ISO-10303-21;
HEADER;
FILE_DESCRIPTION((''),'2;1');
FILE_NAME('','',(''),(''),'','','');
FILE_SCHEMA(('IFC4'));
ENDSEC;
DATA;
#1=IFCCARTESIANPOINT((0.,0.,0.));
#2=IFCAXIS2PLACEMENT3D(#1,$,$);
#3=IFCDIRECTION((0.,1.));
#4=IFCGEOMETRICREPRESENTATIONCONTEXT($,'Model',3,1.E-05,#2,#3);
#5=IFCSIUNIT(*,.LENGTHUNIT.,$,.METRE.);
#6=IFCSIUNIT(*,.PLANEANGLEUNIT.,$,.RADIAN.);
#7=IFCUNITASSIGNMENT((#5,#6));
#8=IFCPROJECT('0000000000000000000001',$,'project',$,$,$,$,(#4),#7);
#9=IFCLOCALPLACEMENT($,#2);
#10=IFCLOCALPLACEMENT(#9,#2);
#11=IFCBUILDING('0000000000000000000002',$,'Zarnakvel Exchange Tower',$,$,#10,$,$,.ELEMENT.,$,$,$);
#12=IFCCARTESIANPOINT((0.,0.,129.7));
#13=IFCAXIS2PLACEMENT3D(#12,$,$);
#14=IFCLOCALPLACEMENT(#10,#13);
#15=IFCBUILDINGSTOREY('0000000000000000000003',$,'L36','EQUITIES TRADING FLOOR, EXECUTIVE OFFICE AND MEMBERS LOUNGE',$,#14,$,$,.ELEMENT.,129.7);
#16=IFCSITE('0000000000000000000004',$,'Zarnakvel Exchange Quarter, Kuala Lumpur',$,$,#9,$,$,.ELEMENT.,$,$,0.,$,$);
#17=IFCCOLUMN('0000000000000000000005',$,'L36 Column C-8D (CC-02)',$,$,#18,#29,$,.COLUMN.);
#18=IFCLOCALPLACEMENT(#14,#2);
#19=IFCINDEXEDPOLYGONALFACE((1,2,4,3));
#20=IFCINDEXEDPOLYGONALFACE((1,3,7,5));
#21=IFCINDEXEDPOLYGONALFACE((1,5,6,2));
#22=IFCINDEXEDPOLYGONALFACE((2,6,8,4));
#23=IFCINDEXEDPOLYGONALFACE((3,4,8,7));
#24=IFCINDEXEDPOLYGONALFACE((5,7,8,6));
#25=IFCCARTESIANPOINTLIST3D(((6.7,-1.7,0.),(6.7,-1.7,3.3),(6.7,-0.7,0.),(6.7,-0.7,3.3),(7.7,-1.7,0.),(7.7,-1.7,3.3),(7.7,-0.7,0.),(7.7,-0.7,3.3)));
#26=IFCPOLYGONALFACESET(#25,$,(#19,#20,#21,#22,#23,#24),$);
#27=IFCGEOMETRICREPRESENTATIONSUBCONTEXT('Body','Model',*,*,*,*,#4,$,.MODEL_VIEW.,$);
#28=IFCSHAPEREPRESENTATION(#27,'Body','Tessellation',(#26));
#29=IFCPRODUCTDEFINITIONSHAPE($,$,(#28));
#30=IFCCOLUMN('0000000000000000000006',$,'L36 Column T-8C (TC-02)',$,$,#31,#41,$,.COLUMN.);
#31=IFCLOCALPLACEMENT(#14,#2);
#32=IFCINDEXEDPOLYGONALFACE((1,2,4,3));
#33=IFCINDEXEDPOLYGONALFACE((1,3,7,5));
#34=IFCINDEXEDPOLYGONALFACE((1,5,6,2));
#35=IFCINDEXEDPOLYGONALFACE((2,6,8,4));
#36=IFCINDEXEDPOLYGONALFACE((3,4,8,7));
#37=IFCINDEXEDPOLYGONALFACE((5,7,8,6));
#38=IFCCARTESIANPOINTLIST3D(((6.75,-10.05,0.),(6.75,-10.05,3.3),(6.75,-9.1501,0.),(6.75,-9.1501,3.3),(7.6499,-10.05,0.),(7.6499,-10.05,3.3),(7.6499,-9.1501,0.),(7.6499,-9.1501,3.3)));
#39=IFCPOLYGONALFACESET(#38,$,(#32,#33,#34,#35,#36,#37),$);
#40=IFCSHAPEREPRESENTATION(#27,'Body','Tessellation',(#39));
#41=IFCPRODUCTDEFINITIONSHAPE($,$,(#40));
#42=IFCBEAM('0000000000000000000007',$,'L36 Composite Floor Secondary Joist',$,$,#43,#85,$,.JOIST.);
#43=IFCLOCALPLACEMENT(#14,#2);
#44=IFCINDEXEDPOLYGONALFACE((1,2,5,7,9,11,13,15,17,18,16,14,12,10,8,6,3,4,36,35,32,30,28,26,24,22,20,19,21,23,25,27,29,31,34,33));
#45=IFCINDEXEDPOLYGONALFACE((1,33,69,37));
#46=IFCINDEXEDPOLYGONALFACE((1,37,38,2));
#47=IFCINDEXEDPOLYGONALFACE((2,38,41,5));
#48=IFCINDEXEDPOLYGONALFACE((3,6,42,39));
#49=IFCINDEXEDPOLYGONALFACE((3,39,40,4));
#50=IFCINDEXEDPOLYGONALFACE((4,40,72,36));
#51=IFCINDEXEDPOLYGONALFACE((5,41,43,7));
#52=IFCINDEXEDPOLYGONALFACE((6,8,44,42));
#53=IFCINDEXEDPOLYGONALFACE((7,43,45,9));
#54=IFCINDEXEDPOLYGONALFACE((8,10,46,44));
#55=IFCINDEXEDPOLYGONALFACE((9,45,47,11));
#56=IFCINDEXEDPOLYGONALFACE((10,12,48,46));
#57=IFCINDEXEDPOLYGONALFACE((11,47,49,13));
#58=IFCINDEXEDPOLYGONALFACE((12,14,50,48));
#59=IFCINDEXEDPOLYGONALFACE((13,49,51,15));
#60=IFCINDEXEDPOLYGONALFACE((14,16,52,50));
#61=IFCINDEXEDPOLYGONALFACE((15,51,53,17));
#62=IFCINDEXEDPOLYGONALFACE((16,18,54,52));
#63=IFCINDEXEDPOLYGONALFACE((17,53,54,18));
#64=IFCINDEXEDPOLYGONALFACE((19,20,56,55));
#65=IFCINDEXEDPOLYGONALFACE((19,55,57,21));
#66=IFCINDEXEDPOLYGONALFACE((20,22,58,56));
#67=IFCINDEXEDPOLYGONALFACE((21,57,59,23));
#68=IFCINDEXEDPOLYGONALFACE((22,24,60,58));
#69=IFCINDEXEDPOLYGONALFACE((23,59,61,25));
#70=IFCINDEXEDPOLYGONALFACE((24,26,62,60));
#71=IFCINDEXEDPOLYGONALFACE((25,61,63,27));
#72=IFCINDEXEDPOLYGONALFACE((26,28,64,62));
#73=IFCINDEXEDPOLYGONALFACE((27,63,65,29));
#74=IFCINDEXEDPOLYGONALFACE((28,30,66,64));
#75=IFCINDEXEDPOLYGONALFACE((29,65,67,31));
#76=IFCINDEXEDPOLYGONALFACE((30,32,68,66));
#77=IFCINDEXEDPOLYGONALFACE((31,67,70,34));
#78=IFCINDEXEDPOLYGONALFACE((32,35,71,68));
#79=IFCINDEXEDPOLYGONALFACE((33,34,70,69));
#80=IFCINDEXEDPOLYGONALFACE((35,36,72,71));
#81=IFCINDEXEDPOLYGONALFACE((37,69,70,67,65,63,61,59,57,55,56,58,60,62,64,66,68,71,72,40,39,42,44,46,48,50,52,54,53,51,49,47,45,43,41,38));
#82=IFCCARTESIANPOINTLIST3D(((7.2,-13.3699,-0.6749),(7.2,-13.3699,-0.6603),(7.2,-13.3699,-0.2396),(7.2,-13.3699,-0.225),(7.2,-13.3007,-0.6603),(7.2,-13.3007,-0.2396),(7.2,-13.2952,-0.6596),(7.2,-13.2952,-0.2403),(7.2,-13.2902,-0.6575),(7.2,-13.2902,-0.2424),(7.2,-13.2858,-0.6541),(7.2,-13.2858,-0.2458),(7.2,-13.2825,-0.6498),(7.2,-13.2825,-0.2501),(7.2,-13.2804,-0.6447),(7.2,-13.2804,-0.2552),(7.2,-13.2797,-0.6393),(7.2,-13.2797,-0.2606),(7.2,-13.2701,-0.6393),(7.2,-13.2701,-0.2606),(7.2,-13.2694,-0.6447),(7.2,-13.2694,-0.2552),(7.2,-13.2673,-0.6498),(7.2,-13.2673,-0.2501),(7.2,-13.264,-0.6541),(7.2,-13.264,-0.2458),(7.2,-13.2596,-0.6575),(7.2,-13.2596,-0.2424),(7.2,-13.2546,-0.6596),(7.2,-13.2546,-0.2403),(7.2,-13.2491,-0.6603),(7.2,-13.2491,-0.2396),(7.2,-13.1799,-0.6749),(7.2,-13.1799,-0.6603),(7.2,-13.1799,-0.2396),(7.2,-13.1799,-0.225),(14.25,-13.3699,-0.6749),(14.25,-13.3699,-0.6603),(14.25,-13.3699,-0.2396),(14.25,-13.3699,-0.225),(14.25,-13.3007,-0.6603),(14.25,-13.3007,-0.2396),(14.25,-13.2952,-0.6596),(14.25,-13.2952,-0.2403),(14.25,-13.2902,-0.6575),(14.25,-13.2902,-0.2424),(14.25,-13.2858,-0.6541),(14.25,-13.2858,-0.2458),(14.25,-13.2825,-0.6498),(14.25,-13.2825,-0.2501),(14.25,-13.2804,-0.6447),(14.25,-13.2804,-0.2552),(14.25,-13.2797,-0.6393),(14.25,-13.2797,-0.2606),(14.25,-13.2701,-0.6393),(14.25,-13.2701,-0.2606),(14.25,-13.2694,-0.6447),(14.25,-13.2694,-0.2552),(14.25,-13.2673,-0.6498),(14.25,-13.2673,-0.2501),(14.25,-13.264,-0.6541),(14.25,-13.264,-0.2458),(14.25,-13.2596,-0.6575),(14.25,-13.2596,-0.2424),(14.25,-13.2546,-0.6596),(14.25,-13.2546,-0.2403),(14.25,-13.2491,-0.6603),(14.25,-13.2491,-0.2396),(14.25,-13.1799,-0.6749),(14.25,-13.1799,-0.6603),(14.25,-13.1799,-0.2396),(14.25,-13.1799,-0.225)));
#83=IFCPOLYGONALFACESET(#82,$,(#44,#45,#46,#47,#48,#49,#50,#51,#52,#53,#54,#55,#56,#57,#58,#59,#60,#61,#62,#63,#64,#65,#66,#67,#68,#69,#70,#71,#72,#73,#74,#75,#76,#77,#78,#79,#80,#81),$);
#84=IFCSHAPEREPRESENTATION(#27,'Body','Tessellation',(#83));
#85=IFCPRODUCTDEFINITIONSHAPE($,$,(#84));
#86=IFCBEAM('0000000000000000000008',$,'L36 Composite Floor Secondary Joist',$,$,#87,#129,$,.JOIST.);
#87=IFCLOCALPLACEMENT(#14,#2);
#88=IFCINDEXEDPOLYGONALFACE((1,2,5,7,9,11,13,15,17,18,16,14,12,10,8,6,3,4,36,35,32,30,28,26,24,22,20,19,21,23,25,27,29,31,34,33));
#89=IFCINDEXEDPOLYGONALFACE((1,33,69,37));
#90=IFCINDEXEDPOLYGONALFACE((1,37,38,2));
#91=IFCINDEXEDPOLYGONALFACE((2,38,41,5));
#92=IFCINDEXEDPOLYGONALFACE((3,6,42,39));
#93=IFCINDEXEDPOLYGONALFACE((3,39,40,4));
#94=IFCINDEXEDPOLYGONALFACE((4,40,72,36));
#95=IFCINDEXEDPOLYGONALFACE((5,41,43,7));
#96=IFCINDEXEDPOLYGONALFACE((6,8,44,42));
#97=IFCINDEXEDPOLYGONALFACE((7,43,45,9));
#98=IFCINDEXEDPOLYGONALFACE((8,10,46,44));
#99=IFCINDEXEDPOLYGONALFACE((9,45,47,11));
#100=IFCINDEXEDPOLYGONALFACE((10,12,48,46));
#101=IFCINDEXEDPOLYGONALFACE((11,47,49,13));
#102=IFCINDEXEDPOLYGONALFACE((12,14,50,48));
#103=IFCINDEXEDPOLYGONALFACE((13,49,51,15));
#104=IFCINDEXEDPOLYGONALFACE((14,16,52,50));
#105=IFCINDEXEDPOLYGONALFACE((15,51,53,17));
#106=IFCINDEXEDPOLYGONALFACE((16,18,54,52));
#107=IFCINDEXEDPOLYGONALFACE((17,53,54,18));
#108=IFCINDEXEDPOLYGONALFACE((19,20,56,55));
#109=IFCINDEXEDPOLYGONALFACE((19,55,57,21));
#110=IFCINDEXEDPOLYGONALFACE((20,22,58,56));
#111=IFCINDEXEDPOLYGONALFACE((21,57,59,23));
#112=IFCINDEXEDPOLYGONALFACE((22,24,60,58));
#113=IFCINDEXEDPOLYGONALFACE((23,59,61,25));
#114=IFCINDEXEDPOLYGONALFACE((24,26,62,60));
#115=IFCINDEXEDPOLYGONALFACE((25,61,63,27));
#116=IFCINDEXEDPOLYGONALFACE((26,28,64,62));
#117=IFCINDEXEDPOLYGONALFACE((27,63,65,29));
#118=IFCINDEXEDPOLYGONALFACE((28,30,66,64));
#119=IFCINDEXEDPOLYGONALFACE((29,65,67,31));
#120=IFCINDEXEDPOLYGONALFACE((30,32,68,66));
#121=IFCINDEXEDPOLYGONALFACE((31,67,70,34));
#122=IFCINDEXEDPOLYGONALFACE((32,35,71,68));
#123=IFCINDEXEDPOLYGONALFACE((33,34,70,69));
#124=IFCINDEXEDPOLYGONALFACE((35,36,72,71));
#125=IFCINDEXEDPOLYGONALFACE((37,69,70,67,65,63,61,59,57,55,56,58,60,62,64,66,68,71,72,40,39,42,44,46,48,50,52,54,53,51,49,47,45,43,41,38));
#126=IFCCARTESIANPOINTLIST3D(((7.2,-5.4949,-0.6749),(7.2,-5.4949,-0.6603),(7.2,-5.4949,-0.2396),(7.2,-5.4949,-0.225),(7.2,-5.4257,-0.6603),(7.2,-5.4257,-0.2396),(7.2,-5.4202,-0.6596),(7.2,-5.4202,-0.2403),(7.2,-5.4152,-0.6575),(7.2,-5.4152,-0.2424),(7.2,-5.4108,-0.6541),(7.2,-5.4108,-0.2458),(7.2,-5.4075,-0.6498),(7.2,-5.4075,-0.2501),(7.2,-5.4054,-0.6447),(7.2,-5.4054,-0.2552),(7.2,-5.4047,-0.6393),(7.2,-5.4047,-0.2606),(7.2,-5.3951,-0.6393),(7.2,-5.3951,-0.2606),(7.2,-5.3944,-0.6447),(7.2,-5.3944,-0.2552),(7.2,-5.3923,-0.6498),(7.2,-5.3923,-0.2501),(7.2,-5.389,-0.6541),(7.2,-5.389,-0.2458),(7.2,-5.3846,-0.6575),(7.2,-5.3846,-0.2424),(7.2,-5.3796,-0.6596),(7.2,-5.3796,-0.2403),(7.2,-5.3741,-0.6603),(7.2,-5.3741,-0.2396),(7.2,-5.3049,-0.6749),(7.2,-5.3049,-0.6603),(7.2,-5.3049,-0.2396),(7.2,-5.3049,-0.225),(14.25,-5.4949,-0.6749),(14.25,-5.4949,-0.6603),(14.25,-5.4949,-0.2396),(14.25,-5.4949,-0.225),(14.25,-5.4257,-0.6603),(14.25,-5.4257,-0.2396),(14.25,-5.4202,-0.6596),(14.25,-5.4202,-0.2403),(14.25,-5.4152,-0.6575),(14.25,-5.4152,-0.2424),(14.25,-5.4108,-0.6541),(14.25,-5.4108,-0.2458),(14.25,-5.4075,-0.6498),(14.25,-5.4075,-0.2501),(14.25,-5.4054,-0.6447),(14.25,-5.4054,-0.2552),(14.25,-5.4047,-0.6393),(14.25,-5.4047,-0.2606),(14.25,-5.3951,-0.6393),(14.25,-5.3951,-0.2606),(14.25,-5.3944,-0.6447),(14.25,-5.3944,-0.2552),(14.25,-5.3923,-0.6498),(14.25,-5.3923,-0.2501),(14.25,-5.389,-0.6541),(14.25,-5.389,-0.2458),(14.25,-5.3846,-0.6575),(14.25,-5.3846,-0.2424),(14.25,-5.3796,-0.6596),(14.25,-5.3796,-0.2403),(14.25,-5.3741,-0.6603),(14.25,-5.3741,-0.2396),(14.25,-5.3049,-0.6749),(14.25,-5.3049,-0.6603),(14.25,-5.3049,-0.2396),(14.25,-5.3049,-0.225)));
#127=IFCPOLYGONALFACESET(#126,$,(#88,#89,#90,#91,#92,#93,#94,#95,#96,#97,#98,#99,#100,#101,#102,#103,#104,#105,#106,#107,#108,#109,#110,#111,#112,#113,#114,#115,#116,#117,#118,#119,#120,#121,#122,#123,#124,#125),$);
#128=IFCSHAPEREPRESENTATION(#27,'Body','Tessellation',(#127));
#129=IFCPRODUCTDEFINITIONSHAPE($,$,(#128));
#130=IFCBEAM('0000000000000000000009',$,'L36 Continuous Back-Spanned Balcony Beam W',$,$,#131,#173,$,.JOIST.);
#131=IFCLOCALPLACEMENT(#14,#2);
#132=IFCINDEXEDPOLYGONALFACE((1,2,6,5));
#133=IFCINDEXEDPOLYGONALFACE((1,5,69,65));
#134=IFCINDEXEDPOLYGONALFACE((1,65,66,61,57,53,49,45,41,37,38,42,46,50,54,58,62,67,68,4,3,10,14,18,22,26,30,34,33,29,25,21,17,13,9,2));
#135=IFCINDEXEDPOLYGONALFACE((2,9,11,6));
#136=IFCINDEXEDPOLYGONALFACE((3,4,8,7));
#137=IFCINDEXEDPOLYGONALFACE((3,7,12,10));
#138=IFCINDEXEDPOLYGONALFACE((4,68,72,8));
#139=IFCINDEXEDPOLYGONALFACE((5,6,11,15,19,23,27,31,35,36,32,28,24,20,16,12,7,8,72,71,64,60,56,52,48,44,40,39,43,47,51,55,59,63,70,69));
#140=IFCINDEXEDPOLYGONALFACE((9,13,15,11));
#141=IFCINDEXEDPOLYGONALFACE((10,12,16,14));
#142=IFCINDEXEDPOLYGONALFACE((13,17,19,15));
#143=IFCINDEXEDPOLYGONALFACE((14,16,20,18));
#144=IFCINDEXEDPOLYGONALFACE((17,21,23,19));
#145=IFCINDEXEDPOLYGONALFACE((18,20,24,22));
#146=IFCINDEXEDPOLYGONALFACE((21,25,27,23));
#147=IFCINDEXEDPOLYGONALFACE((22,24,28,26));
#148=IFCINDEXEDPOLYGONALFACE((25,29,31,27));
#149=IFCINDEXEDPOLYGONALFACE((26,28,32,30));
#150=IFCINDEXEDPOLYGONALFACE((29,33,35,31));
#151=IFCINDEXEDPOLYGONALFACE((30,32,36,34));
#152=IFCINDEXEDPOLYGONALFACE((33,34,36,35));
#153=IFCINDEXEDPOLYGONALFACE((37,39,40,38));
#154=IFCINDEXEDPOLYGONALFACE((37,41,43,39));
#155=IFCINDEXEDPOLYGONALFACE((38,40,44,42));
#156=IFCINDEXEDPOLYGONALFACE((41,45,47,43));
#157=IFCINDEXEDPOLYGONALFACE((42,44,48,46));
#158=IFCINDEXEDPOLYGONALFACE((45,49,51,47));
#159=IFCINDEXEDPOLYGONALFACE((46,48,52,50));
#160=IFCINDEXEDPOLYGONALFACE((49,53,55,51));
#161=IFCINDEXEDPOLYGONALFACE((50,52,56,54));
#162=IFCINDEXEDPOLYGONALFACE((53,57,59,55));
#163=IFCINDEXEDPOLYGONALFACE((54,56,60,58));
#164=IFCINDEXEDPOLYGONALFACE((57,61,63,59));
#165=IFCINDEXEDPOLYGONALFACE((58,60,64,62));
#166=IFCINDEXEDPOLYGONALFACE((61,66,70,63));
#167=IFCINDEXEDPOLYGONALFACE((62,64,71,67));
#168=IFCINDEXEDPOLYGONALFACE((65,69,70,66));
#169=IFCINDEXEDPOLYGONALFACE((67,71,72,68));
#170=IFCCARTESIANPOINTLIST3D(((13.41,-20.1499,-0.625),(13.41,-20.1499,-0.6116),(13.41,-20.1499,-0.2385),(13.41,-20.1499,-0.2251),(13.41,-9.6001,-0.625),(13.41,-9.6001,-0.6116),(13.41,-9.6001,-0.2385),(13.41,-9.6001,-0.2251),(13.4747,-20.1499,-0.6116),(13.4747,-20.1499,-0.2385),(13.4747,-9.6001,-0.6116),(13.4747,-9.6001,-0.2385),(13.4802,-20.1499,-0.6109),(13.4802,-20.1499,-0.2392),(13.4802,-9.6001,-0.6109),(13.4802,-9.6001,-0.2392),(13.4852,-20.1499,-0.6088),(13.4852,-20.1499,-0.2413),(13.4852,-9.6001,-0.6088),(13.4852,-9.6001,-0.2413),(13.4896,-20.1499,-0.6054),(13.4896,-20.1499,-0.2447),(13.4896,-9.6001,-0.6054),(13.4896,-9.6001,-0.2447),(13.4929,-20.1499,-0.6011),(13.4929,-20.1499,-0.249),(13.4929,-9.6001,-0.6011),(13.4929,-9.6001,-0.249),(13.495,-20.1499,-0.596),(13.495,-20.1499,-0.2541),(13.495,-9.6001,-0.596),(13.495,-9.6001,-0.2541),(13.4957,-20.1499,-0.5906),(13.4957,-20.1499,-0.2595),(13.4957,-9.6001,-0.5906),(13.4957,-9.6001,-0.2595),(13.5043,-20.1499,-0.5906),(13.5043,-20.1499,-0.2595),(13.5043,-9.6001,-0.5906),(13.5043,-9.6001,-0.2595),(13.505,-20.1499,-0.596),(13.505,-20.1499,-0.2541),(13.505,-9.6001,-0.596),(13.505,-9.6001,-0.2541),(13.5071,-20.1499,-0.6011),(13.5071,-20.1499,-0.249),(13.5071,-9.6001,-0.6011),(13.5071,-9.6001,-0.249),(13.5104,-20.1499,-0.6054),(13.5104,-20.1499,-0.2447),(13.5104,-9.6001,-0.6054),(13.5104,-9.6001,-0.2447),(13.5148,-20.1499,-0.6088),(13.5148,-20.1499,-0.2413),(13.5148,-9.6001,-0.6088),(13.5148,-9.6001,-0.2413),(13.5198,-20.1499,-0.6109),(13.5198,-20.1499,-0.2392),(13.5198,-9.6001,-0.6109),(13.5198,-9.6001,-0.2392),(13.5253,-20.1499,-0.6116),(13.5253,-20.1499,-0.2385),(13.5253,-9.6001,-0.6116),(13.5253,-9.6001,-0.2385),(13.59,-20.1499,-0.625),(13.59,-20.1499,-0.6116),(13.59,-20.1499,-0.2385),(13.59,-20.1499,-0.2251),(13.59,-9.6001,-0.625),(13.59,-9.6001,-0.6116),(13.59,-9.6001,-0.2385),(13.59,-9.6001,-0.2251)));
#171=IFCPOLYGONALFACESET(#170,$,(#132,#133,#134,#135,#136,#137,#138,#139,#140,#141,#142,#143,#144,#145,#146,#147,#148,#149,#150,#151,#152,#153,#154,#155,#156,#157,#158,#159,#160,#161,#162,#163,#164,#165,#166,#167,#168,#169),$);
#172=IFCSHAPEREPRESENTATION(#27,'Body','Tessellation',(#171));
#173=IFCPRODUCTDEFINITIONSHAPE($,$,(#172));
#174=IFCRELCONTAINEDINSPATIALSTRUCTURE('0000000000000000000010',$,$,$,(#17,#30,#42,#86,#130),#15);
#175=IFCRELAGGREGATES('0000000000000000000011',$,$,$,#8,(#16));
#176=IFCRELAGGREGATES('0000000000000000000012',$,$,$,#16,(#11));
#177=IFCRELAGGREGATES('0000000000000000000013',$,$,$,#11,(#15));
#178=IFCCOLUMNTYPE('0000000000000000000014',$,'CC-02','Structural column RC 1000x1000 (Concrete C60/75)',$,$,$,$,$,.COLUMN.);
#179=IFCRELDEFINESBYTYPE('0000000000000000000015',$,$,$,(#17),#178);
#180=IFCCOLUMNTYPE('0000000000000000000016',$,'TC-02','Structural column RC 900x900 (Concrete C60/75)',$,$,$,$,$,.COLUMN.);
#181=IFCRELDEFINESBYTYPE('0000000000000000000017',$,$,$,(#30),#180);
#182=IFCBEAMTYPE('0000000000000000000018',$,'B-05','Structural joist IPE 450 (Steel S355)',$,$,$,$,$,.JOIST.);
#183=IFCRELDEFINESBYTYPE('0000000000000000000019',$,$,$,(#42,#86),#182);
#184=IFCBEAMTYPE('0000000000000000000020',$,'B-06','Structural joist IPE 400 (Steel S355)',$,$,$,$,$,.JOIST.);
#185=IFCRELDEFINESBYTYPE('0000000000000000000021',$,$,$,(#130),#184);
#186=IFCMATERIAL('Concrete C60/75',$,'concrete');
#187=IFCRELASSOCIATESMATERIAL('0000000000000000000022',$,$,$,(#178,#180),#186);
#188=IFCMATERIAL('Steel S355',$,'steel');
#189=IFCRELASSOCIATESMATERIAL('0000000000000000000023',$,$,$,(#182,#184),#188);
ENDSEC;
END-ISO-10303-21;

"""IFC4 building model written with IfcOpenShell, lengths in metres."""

from ifc_helpers import new_model, si_unit, direction, frame, origin, origin_2d, place, context, subcontext, project, spatial, rectangle, i_section, extrude, material, material_profile, profile_set, type_object, element, save


model = new_model("IFC4")

# Units and contexts
model_context = context("Model", 3, precision=1e-05, world=origin(), true_north=direction((0.0, 1.0)))
body_context = subcontext(model_context, "Body", "Model", "MODEL_VIEW")
ifc_project = project(units=[si_unit("LENGTHUNIT", "METRE"), si_unit("PLANEANGLEUNIT", "RADIAN")], contexts=[model_context])

# Site, building, storey
site_placement = place(None, origin())
site = spatial("IfcSite", under=ifc_project, at=site_placement, Name="Zarnakvel Exchange Quarter, Kuala Lumpur", CompositionType="ELEMENT", RefElevation=0.0)
building_placement = place(site_placement, origin())
building = spatial("IfcBuilding", under=site, at=building_placement, Name="Zarnakvel Exchange Tower", CompositionType="ELEMENT")
storey_placement = place(building_placement, frame((0.0, 0.0, 129.7)))
storey = spatial("IfcBuildingStorey", under=building, at=storey_placement, Name="L36", Description="EQUITIES TRADING FLOOR, EXECUTIVE OFFICE AND MEMBERS LOUNGE", CompositionType="ELEMENT", Elevation=129.7)

# Columns
ifc_material_1 = material(Name="Concrete C60/75", Category="concrete")
ifc_material_profile_1 = material_profile(ifc_material_1, rectangle(XDim=1.0, YDim=1.0, at=origin_2d()))
ifc_profile_set_1 = profile_set([ifc_material_profile_1], Name="Concrete C60/75")
column_type_1 = type_object("IfcColumnType", Name="CC-02", Description="Structural column RC 1000x1000 (Concrete C60/75)", PredefinedType="COLUMN", material=ifc_profile_set_1)
column_1_placement = place(storey_placement, frame((7.2, -1.2, 0.0), z_axis=(0.0, 0.0, 1.0), x_axis=(1.0, 0.0, 0.0)))
element("IfcColumn", 1, at=column_1_placement, inside=storey, type_object=column_type_1, Name="L36 Column C-8D (CC-02)", PredefinedType="COLUMN", context=body_context, shape_type="SweptSolid", body=[
    extrude(rectangle(XDim=1.0, YDim=1.0, at=origin_2d()), origin(), (0.0, 0.0, 1.0), 3.3),
])
ifc_material_profile_2 = material_profile(ifc_material_1, rectangle(XDim=0.8999, YDim=0.8999, at=origin_2d()))
ifc_profile_set_2 = profile_set([ifc_material_profile_2], Name="Concrete C60/75")
column_type_2 = type_object("IfcColumnType", Name="TC-02", Description="Structural column RC 900x900 (Concrete C60/75)", PredefinedType="COLUMN", material=ifc_profile_set_2)
column_2_placement = place(storey_placement, frame((7.2, -9.6001, 0.0), z_axis=(0.0, 0.0, 1.0), x_axis=(1.0, 0.0, 0.0)))
element("IfcColumn", 2, at=column_2_placement, inside=storey, type_object=column_type_2, Name="L36 Column T-8C (TC-02)", PredefinedType="COLUMN", context=body_context, shape_type="SweptSolid", body=[
    extrude(rectangle(XDim=0.8999, YDim=0.8999, at=origin_2d()), origin(), (0.0, 0.0, 1.0), 3.3),
])

# Beams
ifc_material_2 = material(Name="Steel S355", Category="steel")
ifc_material_profile_3 = material_profile(ifc_material_2, i_section(OverallWidth=0.1899, OverallDepth=0.45, WebThickness=0.0095, FlangeThickness=0.0146, FilletRadius=0.021, at=origin_2d()))
ifc_profile_set_3 = profile_set([ifc_material_profile_3], Name="Steel S355")
beam_type_1 = type_object("IfcBeamType", Name="B-05", Description="Structural joist IPE 450 (Steel S355)", PredefinedType="JOIST", material=ifc_profile_set_3)
for number, where, z_axis, x_axis, name in (
    (3, (7.2, -13.2749, -0.45), (1.0, 0.0, 0.0), (0.0, 1.0, 0.0), "L36 Composite Floor Secondary Joist"),
    (4, (7.2, -5.3999, -0.45), (1.0, 0.0, 0.0), (0.0, 1.0, 0.0), "L36 Composite Floor Secondary Joist"),
):
    element("IfcBeam", number, at=place(storey_placement, frame(where, z_axis=z_axis, x_axis=x_axis)), inside=storey, type_object=beam_type_1, Name=name, PredefinedType="JOIST", context=body_context, shape_type="SweptSolid", body=[
        extrude(i_section(OverallWidth=0.1899, OverallDepth=0.45, WebThickness=0.0095, FlangeThickness=0.0146, FilletRadius=0.021, at=origin_2d()), origin(), (0.0, 0.0, 1.0), 7.05),
    ])
ifc_material_profile_4 = material_profile(ifc_material_2, i_section(OverallWidth=0.1799, OverallDepth=0.3999, WebThickness=0.0085, FlangeThickness=0.0134, FilletRadius=0.021, at=origin_2d()))
ifc_profile_set_4 = profile_set([ifc_material_profile_4], Name="Steel S355")
beam_type_2 = type_object("IfcBeamType", Name="B-06", Description="Structural joist IPE 400 (Steel S355)", PredefinedType="JOIST", material=ifc_profile_set_4)
beam_1_placement = place(storey_placement, frame((13.5, -9.6001, -0.425), z_axis=(0.0, -1.0, 0.0), x_axis=(1.0, 0.0, 0.0)))
element("IfcBeam", 5, at=beam_1_placement, inside=storey, type_object=beam_type_2, Name="L36 Continuous Back-Spanned Balcony Beam W", PredefinedType="JOIST", context=body_context, shape_type="SweptSolid", body=[
    extrude(i_section(OverallWidth=0.1799, OverallDepth=0.3999, WebThickness=0.0085, FlangeThickness=0.0134, FilletRadius=0.021, at=origin_2d()), origin(), (0.0, 0.0, 1.0), 10.5498),
])

save(model, "model.ifc")
